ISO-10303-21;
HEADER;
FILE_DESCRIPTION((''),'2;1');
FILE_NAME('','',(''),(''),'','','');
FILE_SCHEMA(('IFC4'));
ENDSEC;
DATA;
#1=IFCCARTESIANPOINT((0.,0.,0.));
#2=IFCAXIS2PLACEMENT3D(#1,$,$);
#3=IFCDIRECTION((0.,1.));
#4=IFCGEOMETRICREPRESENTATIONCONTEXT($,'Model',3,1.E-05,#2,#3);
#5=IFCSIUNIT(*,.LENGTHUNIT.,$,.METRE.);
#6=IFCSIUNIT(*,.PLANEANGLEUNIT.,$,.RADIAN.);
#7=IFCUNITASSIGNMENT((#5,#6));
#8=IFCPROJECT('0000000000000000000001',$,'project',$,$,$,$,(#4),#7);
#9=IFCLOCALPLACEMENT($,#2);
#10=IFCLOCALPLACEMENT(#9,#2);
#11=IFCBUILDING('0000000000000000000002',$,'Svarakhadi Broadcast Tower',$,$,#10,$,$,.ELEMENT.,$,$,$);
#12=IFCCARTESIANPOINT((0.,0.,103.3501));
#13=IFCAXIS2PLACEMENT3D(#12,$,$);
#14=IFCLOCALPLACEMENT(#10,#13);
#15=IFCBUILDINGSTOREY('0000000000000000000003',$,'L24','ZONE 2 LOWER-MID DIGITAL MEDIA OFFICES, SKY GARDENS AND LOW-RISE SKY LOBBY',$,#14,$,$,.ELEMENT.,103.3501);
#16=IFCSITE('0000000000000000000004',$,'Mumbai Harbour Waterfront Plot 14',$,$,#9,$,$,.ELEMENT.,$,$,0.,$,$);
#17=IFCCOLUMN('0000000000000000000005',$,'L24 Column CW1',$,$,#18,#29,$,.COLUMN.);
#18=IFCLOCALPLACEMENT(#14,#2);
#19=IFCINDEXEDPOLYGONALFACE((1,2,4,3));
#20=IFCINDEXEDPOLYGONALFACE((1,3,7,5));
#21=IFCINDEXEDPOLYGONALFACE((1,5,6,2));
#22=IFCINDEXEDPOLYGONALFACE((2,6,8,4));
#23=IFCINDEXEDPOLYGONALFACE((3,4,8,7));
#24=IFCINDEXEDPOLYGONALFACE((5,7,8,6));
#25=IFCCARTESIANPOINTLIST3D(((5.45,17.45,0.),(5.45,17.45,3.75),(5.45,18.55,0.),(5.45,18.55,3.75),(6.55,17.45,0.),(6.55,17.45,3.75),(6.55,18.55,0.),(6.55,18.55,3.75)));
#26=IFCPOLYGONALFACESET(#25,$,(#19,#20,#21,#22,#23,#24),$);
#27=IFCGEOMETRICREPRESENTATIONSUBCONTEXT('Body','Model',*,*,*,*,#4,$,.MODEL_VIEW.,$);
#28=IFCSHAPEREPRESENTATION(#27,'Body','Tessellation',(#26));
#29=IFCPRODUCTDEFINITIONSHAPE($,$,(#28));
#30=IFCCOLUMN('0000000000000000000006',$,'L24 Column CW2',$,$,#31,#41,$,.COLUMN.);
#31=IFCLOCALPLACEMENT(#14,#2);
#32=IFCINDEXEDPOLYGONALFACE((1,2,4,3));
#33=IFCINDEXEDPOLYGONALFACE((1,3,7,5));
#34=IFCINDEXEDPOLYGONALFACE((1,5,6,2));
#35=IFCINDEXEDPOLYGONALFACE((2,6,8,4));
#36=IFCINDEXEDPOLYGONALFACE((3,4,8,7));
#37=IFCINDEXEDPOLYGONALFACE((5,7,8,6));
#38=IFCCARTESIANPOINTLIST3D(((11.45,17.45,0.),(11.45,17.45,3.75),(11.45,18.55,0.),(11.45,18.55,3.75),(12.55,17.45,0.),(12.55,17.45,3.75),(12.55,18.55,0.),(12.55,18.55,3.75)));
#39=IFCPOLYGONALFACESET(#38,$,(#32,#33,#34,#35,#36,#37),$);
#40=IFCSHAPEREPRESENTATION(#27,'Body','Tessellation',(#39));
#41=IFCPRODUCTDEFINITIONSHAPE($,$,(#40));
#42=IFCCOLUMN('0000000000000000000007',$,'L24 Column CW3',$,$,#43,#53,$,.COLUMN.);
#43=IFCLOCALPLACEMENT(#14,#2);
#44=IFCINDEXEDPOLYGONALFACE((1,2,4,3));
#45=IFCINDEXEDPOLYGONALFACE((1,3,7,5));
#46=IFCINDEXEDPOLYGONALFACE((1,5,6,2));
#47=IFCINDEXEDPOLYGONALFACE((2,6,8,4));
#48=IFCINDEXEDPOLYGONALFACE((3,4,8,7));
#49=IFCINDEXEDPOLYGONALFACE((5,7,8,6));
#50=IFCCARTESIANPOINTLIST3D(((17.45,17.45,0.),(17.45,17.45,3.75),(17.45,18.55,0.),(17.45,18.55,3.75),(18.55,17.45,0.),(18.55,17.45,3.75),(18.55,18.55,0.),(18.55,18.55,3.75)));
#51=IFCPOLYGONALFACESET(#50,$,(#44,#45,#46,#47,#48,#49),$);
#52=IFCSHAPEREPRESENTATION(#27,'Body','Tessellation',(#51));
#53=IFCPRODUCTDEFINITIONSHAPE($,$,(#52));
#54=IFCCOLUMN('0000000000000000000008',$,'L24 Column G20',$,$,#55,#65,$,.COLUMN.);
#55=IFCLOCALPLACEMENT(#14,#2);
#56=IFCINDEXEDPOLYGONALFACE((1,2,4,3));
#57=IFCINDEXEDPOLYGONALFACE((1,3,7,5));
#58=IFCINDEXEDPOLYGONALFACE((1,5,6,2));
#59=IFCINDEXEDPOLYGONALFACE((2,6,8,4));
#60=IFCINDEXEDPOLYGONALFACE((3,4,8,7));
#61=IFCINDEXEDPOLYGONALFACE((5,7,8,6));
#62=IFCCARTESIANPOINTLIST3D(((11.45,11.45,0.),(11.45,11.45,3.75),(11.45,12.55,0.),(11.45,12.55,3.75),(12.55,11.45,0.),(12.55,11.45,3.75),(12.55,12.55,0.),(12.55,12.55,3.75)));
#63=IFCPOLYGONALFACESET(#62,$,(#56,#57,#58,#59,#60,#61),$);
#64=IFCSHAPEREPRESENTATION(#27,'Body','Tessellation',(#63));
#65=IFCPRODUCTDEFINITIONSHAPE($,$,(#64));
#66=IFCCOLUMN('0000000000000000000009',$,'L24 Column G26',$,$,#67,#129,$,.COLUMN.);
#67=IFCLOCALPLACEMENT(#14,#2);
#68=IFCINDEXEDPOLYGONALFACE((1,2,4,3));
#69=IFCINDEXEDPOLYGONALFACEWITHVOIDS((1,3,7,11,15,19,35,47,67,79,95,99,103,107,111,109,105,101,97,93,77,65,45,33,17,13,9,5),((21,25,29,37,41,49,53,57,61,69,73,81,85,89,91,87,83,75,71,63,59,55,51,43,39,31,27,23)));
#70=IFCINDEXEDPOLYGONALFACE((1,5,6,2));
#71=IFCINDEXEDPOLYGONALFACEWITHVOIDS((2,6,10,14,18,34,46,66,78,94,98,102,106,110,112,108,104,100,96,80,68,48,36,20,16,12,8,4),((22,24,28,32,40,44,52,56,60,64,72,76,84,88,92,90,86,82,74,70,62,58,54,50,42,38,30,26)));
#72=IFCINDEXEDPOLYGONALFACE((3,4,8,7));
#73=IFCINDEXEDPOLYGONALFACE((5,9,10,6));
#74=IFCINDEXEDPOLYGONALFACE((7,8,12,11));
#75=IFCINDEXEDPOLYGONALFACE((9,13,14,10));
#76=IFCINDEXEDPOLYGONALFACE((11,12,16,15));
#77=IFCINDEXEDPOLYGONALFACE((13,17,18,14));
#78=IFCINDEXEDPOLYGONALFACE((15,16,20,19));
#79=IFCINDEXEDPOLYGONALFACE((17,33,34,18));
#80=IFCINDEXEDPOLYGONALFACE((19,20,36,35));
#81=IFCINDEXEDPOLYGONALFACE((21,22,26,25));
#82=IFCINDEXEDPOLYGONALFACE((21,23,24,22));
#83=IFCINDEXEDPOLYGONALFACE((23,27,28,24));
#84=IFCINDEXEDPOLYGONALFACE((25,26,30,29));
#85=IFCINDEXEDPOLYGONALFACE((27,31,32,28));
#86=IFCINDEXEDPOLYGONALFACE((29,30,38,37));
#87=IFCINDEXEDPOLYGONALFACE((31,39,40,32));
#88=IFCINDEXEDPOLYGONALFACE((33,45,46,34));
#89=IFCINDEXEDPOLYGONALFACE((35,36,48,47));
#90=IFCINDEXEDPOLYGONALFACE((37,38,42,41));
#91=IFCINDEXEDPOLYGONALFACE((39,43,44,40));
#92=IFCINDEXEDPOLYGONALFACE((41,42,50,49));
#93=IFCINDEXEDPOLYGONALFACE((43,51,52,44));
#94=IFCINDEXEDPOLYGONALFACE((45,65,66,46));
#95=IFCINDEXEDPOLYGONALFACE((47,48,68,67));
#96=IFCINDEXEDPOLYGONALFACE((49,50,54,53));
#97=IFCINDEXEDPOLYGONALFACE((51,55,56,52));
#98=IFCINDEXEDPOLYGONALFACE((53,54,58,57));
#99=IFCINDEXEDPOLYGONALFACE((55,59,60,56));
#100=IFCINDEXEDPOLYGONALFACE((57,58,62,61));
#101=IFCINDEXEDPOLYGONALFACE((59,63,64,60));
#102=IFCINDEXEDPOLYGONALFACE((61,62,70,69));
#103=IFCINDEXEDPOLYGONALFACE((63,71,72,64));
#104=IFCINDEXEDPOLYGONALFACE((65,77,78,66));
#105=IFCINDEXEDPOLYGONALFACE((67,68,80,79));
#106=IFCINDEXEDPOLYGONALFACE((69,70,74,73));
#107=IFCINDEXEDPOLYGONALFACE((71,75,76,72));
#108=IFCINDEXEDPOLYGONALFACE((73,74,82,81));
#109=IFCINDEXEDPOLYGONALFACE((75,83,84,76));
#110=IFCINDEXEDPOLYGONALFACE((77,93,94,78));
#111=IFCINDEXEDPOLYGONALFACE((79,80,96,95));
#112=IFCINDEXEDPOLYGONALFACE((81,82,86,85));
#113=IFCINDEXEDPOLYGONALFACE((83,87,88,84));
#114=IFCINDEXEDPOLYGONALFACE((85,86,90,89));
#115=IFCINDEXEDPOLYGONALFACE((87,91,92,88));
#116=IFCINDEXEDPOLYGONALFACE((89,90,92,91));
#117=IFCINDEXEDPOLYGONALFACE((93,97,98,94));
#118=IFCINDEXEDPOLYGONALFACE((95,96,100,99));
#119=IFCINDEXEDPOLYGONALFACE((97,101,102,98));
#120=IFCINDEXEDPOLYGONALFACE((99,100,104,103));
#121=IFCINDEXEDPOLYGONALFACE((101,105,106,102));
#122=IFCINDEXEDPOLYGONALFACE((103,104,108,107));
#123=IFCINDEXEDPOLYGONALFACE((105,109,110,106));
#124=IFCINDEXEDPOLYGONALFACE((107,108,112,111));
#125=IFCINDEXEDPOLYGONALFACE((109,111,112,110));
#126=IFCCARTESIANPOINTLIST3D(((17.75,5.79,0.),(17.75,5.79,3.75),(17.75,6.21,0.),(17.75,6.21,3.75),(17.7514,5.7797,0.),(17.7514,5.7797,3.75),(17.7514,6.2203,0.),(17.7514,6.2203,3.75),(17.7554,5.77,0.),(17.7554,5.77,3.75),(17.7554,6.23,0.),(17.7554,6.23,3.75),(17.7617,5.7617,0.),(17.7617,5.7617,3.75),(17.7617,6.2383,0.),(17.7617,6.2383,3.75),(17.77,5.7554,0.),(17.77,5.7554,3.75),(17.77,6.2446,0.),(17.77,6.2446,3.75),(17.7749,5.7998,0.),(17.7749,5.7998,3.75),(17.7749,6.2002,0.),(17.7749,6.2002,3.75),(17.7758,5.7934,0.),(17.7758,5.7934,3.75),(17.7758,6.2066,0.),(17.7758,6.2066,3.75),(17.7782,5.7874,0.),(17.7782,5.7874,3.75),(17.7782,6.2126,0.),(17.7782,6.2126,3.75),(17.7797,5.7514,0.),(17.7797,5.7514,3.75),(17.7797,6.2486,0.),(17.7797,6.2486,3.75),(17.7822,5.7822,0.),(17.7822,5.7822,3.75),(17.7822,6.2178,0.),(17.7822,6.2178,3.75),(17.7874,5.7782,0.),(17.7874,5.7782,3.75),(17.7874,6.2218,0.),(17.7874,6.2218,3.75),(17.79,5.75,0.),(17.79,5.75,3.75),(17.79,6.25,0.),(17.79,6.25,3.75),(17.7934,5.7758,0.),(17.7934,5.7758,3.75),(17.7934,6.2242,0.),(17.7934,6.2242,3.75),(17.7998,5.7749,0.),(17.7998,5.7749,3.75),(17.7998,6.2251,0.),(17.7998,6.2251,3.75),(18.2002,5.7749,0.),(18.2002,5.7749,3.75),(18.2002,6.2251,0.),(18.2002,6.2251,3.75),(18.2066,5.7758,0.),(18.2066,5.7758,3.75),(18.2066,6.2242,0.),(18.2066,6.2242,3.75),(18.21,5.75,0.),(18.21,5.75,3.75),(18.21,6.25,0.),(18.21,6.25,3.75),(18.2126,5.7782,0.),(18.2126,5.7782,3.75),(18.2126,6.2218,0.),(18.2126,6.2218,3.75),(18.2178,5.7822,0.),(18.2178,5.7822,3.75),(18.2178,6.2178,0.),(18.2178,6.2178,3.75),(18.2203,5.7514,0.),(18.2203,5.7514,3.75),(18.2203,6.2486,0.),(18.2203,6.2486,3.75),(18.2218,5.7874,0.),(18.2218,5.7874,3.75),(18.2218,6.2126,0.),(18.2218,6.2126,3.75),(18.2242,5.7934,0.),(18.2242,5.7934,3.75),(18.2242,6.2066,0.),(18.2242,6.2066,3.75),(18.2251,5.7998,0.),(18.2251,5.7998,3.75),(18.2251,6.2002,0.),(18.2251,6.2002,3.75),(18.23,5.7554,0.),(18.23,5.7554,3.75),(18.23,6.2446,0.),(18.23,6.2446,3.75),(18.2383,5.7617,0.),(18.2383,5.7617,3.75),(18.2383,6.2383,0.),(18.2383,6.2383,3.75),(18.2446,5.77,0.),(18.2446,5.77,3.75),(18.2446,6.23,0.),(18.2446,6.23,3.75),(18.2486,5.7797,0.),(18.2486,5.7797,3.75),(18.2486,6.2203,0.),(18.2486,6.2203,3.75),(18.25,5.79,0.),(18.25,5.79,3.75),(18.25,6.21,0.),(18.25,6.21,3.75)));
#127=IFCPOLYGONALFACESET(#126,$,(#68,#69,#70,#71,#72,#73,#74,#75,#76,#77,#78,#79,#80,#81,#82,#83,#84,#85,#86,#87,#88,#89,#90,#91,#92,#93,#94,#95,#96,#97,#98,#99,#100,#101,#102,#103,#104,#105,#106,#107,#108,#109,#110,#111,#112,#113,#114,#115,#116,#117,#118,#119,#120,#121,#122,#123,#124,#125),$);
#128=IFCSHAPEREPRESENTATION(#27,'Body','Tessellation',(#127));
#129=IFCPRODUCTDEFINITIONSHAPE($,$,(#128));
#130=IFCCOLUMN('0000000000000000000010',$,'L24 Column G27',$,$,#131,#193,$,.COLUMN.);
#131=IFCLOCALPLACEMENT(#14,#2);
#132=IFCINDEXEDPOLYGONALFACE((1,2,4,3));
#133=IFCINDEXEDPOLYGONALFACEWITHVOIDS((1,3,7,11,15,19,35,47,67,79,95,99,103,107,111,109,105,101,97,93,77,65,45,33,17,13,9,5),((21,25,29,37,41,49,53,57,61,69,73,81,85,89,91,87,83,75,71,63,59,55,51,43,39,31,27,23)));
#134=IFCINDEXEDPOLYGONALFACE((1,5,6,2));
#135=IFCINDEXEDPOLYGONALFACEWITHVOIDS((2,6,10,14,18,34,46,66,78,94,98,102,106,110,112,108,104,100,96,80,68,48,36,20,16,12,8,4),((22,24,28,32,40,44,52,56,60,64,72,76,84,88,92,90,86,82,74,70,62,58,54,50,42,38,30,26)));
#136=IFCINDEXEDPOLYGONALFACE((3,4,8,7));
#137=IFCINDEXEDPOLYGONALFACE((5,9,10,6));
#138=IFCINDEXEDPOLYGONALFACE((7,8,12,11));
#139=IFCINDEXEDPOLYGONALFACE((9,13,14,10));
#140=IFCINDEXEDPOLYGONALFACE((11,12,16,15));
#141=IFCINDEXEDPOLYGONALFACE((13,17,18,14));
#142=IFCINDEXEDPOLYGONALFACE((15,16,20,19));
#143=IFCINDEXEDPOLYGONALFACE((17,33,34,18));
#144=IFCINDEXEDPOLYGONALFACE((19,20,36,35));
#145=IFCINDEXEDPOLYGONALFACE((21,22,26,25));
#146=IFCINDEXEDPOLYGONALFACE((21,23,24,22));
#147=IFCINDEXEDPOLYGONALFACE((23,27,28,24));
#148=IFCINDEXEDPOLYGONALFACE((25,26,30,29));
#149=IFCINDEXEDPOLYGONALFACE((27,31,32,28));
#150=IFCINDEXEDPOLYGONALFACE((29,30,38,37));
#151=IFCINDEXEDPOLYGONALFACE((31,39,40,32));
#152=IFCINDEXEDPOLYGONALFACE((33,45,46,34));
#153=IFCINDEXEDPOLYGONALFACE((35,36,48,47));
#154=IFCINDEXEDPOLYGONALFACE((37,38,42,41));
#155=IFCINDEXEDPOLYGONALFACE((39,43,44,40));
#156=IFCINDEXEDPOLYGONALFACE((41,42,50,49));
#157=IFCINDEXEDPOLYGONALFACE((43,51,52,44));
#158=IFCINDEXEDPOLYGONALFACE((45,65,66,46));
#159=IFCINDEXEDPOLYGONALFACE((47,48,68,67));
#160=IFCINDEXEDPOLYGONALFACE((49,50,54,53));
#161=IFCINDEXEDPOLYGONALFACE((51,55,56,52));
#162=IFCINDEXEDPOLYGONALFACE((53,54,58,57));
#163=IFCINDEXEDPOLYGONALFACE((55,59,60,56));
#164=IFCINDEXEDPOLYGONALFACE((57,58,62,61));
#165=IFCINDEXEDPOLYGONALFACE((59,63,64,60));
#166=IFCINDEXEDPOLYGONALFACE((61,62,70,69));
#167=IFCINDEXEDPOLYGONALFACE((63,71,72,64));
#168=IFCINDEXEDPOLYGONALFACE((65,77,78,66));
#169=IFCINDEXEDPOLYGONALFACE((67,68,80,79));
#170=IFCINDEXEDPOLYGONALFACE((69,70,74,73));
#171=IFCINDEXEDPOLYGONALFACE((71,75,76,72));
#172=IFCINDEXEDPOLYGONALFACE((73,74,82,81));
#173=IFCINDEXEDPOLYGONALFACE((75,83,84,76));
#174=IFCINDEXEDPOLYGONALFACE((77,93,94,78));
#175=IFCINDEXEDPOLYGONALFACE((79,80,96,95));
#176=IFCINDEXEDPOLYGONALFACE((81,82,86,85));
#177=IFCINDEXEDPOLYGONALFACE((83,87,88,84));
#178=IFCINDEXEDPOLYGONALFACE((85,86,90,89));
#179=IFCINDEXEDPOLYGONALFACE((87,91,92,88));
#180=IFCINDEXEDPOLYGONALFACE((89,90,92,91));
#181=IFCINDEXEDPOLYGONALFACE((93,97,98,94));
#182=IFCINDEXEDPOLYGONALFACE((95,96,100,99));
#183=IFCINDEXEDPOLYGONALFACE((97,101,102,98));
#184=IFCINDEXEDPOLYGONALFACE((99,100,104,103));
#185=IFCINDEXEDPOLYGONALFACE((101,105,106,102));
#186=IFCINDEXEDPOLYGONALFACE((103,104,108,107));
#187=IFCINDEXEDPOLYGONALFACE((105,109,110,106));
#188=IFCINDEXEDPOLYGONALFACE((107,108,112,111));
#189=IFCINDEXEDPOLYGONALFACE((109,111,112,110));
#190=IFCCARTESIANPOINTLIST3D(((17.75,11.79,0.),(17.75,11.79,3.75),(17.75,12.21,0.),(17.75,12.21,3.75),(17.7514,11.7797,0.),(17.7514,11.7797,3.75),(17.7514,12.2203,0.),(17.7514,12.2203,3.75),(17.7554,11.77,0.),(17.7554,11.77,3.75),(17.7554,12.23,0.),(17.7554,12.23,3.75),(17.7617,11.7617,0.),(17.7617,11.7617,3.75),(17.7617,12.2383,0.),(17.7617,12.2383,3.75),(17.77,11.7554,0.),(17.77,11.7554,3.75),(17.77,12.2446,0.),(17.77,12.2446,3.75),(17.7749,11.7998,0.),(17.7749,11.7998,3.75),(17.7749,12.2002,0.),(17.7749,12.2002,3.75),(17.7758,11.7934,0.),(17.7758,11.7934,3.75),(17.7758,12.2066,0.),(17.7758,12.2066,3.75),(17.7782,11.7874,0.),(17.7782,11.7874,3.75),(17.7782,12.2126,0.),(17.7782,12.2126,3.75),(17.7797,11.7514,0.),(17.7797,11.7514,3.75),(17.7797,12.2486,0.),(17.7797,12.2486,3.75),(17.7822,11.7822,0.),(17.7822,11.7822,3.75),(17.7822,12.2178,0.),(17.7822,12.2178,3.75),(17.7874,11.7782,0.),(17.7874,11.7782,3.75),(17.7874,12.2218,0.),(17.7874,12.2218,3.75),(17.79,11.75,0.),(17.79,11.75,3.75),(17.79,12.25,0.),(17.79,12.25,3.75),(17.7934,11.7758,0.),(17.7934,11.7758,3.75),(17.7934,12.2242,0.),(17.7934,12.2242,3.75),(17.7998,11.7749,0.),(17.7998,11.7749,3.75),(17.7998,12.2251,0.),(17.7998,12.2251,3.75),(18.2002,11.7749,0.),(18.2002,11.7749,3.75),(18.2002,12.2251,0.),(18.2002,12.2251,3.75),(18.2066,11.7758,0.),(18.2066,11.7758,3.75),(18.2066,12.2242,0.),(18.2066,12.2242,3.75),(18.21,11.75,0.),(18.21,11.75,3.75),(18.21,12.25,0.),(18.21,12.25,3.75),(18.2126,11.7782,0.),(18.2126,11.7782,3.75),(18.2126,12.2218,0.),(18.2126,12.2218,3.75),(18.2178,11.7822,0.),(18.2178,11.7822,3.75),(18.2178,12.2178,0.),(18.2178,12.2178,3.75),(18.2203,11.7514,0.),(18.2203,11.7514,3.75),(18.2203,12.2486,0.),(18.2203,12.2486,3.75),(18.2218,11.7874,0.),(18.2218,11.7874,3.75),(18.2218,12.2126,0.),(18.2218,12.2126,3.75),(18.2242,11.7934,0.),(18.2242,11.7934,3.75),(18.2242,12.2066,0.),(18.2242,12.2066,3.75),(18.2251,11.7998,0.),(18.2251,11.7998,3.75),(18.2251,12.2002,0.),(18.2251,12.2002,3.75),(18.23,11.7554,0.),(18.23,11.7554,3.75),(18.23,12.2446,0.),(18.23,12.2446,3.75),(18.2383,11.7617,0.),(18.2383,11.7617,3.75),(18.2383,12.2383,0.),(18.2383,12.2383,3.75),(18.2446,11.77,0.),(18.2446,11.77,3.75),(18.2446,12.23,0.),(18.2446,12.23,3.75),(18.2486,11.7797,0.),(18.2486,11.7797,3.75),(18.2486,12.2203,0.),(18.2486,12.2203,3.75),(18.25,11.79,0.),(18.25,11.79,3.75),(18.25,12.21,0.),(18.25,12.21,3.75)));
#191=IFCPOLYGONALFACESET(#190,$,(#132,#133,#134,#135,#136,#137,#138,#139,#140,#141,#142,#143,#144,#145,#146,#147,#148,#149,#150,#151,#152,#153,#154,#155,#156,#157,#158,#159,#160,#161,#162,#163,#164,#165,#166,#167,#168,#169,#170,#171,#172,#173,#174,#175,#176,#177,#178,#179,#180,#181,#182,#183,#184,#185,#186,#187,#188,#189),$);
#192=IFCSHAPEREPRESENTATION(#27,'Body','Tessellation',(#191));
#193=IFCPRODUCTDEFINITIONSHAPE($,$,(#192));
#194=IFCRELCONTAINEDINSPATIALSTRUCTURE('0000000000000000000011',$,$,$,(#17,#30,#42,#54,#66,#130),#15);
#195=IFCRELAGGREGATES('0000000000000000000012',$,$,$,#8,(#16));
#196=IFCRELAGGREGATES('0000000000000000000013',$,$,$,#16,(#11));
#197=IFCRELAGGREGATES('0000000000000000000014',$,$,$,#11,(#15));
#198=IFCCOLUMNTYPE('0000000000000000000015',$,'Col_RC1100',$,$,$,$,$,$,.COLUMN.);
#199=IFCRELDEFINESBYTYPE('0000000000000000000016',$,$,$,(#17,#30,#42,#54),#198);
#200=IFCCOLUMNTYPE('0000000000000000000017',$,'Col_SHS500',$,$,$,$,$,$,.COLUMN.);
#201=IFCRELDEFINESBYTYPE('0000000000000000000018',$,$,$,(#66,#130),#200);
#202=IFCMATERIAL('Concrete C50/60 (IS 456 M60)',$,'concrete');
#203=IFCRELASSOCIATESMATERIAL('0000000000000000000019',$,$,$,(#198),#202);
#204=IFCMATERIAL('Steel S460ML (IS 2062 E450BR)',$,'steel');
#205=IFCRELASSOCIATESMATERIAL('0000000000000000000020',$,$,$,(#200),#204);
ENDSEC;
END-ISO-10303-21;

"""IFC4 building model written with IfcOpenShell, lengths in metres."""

from ifc_helpers import new_model, si_unit, direction, frame, origin, origin_2d, place, context, subcontext, project, spatial, rectangle, hollow_rectangle, extrude, material, material_profile, profile_set, type_object, element, save


model = new_model("IFC4")

# Units and contexts
model_context = context("Model", 3, precision=1e-05, world=origin(), true_north=direction((0.0, 1.0)))
body_context = subcontext(model_context, "Body", "Model", "MODEL_VIEW")
ifc_project = project(units=[si_unit("LENGTHUNIT", "METRE"), si_unit("PLANEANGLEUNIT", "RADIAN")], contexts=[model_context])

# Site, building, storey
site_placement = place(None, origin())
site = spatial("IfcSite", under=ifc_project, at=site_placement, Name="Mumbai Harbour Waterfront Plot 14", CompositionType="ELEMENT", RefElevation=0.0)
building_placement = place(site_placement, origin())
building = spatial("IfcBuilding", under=site, at=building_placement, Name="Svarakhadi Broadcast Tower", CompositionType="ELEMENT")
storey_placement = place(building_placement, frame((0.0, 0.0, 103.3501)))
storey = spatial("IfcBuildingStorey", under=building, at=storey_placement, Name="L24", Description="ZONE 2 LOWER-MID DIGITAL MEDIA OFFICES, SKY GARDENS AND LOW-RISE SKY LOBBY", CompositionType="ELEMENT", Elevation=103.3501)

# Columns
ifc_material_1 = material(Name="Concrete C50/60 (IS 456 M60)", Category="concrete")
ifc_material_profile_1 = material_profile(ifc_material_1, rectangle(XDim=1.1001, YDim=1.1001, at=origin_2d()), Name="RC 1100x1100")
ifc_profile_set_1 = profile_set([ifc_material_profile_1], Name="Concrete C50/60 (IS 456 M60)")
column_type_1 = type_object("IfcColumnType", Name="Col_RC1100", PredefinedType="COLUMN", material=ifc_profile_set_1)
for number, where, z_axis, x_axis, name in (
    (1, (6.0, 18.0, 0.0), (0.0, 0.0, 1.0), (1.0, 0.0, 0.0), "L24 Column CW1"),
    (2, (12.0, 18.0, 0.0), (0.0, 0.0, 1.0), (1.0, 0.0, 0.0), "L24 Column CW2"),
    (3, (18.0, 18.0, 0.0), (0.0, 0.0, 1.0), (1.0, 0.0, 0.0), "L24 Column CW3"),
    (4, (12.0, 12.0, 0.0), (0.0, 0.0, 1.0), (1.0, 0.0, 0.0), "L24 Column G20"),
):
    element("IfcColumn", number, at=place(storey_placement, frame(where, z_axis=z_axis, x_axis=x_axis)), inside=storey, type_object=column_type_1, Name=name, PredefinedType="COLUMN", context=body_context, shape_type="SweptSolid", body=[
        extrude(rectangle(XDim=1.1001, YDim=1.1001, at=origin_2d()), origin(), (0.0, 0.0, 1.0), 3.75),
    ])
ifc_material_2 = material(Name="Steel S460ML (IS 2062 E450BR)", Category="steel")
ifc_material_profile_2 = material_profile(ifc_material_2, hollow_rectangle(XDim=0.5, YDim=0.5, WallThickness=0.0249, InnerFilletRadius=0.0249, OuterFilletRadius=0.04, at=origin_2d()), Name="SHS 500x500x25")
ifc_profile_set_2 = profile_set([ifc_material_profile_2], Name="Steel S460ML (IS 2062 E450BR)")
column_type_2 = type_object("IfcColumnType", Name="Col_SHS500", PredefinedType="COLUMN", material=ifc_profile_set_2)
for number, where, z_axis, x_axis, name in (
    (5, (18.0, 6.0, 0.0), (0.0, 0.0, 1.0), (1.0, 0.0, 0.0), "L24 Column G26"),
    (6, (18.0, 12.0, 0.0), (0.0, 0.0, 1.0), (1.0, 0.0, 0.0), "L24 Column G27"),
):
    element("IfcColumn", number, at=place(storey_placement, frame(where, z_axis=z_axis, x_axis=x_axis)), inside=storey, type_object=column_type_2, Name=name, PredefinedType="COLUMN", context=body_context, shape_type="SweptSolid", body=[
        extrude(hollow_rectangle(XDim=0.5, YDim=0.5, WallThickness=0.0249, InnerFilletRadius=0.0249, OuterFilletRadius=0.04, at=origin_2d()), origin(), (0.0, 0.0, 1.0), 3.75),
    ])

save(model, "model.ifc")
